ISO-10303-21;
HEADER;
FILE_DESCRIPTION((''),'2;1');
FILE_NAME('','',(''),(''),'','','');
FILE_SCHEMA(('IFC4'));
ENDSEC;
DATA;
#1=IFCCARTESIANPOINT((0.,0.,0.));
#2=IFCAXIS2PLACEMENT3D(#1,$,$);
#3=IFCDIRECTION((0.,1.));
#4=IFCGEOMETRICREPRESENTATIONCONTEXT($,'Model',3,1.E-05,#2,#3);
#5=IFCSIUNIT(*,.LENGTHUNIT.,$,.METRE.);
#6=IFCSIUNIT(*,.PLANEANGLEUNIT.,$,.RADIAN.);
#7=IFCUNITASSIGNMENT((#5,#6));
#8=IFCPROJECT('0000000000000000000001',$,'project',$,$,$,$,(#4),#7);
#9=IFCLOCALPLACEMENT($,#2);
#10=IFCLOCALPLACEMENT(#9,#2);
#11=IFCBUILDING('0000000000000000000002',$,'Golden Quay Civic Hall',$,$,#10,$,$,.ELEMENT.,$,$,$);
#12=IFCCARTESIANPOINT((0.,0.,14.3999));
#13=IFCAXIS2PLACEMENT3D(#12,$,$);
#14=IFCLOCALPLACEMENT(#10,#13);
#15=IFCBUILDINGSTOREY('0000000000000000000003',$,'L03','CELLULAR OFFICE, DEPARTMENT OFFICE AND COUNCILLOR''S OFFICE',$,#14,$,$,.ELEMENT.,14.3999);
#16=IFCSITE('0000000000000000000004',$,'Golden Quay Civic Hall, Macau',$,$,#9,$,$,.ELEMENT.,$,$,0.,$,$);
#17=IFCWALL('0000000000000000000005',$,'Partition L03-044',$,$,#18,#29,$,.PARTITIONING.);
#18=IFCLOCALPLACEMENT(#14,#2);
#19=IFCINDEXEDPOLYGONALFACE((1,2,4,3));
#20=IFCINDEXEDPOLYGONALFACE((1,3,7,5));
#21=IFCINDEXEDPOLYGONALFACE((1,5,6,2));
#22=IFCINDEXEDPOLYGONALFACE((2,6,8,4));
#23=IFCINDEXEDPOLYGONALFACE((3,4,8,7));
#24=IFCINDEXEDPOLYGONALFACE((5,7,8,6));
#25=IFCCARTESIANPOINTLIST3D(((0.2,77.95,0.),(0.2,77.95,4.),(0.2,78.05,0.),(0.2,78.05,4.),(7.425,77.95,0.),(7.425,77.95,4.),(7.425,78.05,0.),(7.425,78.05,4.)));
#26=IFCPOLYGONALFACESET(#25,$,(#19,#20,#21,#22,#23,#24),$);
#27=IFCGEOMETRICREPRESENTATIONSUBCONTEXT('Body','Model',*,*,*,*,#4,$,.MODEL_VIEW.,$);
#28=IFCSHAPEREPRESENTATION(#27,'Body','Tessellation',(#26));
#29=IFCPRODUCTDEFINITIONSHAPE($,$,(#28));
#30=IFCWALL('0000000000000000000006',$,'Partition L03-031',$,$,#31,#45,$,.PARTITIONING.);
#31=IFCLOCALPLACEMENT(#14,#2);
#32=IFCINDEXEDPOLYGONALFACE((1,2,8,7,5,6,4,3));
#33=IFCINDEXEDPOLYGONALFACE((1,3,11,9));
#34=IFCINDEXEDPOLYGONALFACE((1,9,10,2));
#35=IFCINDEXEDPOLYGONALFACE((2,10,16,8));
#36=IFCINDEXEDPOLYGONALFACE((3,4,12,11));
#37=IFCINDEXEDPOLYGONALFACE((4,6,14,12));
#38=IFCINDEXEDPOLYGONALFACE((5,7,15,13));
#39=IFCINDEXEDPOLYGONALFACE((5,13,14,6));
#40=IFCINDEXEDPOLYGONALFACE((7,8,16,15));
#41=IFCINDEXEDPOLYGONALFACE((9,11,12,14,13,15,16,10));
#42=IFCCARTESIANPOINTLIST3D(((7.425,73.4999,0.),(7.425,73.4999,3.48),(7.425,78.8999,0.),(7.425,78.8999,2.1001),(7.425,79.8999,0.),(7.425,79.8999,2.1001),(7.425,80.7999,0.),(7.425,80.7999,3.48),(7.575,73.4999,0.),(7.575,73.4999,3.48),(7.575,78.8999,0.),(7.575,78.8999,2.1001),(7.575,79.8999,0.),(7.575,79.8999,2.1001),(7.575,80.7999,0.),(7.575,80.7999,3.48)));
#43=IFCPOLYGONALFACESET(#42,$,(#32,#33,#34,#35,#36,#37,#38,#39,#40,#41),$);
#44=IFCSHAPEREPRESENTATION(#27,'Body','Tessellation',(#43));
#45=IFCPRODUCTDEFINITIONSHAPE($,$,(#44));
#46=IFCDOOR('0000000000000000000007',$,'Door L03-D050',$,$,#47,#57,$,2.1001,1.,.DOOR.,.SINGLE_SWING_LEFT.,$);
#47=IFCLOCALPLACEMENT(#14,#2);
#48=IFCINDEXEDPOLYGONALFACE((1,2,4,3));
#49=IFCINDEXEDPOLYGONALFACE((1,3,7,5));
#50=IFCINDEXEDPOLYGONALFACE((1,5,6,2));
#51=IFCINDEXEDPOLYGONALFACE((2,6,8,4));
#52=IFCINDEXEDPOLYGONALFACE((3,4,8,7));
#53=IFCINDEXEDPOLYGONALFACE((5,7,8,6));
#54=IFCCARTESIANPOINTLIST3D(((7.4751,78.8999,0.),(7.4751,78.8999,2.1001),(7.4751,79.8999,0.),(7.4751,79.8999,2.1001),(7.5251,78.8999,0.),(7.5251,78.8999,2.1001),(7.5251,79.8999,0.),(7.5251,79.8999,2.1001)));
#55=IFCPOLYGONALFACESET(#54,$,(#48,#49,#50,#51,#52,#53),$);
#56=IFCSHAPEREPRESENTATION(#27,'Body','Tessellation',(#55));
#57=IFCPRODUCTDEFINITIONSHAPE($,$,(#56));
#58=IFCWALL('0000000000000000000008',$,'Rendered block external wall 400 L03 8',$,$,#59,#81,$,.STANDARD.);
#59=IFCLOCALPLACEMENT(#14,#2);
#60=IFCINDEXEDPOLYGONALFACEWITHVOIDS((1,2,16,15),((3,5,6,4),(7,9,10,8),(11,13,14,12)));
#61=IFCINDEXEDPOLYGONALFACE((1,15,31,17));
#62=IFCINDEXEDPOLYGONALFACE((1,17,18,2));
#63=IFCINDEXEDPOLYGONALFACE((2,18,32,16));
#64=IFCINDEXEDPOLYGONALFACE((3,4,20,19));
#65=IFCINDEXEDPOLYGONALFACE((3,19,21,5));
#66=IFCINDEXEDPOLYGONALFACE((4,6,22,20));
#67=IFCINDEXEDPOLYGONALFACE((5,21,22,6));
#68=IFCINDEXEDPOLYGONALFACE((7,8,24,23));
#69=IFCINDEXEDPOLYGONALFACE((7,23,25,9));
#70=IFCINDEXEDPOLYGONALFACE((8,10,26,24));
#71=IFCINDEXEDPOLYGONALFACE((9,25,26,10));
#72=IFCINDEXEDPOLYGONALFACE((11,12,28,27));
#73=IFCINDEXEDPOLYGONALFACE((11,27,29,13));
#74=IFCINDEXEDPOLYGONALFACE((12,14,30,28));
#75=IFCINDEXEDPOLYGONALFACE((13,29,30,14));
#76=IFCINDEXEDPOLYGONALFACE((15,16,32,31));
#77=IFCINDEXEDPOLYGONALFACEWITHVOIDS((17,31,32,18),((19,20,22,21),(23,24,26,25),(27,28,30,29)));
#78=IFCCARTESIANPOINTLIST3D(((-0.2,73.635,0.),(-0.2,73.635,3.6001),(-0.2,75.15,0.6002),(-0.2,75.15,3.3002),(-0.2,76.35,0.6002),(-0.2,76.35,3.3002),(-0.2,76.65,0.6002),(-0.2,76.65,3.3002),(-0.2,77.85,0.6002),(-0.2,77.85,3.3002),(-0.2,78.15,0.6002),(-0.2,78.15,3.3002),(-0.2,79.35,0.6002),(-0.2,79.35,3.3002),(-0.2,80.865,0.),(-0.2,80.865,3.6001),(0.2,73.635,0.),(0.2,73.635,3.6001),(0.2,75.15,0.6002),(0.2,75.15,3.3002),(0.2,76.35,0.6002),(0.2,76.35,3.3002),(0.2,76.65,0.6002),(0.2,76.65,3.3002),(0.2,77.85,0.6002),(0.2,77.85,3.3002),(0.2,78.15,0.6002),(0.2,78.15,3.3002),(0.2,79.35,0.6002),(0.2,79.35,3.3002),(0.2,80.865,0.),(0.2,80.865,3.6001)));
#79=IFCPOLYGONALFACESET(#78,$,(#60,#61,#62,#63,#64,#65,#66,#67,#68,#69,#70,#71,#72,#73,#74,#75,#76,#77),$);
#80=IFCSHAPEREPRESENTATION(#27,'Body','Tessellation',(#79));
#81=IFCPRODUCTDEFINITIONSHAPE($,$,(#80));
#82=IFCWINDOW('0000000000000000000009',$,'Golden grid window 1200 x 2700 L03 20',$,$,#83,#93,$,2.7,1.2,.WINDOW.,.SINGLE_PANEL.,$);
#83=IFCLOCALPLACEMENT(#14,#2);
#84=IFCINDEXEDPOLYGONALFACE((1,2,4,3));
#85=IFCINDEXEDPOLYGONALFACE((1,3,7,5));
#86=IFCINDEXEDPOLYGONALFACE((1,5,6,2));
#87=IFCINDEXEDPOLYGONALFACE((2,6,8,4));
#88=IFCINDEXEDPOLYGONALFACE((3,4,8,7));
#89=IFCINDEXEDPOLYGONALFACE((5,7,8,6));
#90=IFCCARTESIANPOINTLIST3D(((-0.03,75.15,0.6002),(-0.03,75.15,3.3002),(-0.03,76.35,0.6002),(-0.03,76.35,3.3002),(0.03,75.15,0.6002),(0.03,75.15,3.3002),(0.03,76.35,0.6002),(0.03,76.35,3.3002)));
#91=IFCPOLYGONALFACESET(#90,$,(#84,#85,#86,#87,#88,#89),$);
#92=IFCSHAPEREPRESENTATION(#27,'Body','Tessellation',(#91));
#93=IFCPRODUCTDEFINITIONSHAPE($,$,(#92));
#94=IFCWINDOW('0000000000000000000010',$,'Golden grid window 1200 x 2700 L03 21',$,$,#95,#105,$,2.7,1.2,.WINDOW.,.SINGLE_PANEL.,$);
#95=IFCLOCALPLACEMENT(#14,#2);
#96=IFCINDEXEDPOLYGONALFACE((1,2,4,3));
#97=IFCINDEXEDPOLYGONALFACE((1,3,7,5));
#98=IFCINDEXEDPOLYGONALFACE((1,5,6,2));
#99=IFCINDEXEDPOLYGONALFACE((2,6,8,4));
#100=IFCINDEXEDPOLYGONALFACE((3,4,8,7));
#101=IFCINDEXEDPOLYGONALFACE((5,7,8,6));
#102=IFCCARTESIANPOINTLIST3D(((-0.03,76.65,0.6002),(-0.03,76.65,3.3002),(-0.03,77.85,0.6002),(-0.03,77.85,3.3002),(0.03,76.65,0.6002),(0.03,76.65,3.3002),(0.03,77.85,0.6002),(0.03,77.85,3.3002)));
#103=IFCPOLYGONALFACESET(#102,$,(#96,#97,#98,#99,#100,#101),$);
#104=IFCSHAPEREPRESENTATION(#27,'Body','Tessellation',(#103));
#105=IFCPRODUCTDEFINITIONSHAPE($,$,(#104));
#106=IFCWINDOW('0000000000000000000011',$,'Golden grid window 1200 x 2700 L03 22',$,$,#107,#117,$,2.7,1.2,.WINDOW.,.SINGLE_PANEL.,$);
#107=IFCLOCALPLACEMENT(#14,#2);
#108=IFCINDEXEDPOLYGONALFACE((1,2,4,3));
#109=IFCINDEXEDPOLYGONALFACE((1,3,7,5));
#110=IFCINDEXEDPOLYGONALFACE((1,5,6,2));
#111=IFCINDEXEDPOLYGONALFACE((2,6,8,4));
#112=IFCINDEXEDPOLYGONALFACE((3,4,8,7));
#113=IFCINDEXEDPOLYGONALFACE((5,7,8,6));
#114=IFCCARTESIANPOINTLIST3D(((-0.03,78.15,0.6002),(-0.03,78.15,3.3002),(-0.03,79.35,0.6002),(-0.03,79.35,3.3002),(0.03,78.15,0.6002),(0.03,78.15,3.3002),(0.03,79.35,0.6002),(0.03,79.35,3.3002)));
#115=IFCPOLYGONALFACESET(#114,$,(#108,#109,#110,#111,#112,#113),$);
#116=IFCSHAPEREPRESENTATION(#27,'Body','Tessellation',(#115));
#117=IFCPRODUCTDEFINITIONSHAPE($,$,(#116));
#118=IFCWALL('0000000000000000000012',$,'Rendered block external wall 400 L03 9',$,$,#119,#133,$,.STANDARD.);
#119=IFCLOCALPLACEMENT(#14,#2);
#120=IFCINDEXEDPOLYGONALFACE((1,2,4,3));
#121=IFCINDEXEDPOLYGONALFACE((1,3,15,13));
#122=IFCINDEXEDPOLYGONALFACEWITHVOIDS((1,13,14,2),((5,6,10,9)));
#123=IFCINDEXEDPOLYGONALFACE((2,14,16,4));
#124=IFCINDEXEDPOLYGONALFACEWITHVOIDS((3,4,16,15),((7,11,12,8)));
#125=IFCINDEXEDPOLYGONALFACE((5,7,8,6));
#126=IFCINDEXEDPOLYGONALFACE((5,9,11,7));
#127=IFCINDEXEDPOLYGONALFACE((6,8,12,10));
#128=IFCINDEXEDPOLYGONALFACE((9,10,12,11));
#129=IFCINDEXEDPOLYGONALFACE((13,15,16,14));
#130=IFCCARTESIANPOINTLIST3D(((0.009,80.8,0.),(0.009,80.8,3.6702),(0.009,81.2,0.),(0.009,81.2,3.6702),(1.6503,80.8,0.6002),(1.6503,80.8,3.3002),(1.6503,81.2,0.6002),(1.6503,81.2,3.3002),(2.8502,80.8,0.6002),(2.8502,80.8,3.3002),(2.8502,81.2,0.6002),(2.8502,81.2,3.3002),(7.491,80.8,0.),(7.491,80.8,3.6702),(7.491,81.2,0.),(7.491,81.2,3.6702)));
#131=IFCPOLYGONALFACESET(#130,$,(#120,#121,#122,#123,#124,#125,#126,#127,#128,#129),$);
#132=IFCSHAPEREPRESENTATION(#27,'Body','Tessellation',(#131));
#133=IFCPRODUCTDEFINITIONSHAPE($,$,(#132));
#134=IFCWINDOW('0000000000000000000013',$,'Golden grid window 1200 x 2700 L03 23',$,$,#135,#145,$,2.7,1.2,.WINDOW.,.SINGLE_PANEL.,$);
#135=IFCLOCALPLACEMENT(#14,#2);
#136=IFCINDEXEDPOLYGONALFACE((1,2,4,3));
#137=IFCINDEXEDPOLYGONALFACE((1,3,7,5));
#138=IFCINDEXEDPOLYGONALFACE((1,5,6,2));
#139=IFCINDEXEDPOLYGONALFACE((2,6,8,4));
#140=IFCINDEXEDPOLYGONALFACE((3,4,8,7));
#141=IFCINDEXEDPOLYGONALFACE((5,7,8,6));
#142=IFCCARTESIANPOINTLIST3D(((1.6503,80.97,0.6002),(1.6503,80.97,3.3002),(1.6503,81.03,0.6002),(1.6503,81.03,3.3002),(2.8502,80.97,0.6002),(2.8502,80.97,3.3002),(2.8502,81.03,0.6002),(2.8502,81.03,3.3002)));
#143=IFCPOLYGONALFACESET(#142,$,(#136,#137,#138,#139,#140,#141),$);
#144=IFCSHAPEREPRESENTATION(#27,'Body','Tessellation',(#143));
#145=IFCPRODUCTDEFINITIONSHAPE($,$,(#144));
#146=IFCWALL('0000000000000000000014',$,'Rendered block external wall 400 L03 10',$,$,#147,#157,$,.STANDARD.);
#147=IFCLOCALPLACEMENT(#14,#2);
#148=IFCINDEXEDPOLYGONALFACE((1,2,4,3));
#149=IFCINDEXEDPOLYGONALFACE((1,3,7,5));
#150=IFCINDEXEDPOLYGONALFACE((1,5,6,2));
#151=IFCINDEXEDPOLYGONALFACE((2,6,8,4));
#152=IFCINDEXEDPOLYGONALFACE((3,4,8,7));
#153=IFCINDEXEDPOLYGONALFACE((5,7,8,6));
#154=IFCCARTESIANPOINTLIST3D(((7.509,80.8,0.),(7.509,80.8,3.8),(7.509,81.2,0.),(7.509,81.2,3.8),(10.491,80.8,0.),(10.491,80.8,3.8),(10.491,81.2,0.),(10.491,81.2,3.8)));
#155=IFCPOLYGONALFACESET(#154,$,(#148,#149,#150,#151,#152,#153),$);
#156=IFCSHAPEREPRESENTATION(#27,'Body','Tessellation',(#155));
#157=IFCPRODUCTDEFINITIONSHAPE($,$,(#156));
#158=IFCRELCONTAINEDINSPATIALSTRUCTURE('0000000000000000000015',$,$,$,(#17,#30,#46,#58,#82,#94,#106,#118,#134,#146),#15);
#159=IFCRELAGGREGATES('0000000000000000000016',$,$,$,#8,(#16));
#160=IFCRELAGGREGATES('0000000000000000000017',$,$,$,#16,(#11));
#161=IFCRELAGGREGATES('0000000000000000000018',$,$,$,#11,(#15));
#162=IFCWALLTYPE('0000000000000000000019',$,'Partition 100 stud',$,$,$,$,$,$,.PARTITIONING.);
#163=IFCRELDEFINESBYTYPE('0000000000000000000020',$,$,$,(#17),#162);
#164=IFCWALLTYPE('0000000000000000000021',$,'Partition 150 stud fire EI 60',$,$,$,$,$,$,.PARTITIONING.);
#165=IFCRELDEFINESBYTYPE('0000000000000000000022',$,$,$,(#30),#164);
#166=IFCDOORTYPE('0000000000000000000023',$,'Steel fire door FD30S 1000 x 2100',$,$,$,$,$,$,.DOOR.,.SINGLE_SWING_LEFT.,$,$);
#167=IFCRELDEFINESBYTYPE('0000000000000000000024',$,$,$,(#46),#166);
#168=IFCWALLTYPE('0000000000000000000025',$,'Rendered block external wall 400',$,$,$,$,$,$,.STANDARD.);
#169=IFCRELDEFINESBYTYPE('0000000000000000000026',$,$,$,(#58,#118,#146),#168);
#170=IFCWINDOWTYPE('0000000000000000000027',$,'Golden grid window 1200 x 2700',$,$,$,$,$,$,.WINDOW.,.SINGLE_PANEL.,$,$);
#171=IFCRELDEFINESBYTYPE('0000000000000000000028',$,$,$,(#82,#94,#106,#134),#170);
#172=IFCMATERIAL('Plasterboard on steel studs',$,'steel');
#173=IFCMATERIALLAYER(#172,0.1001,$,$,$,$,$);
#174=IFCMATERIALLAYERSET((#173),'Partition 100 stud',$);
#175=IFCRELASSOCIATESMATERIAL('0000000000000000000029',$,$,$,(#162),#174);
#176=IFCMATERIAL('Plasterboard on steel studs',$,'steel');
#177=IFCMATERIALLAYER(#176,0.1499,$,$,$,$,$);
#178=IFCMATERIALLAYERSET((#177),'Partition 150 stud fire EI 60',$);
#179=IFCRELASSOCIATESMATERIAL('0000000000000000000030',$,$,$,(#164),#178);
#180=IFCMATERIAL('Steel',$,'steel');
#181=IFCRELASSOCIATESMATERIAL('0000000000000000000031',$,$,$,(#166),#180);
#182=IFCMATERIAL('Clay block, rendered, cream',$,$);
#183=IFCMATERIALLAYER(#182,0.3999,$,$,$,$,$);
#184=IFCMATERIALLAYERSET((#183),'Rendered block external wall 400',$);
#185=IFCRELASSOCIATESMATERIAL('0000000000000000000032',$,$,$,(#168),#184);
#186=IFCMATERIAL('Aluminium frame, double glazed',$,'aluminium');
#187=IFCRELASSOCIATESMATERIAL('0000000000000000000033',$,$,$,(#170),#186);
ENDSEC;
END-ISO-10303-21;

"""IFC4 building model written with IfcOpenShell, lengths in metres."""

from ifc_helpers import new_model, si_unit, direction, frame, frame_2d, origin, place, context, subcontext, project, spatial, rectangle, extrude, material, layer, layer_set, type_object, element, fill, save


model = new_model("IFC4")

# Units and contexts
model_context = context("Model", 3, precision=1e-05, world=origin(), true_north=direction((0.0, 1.0)))
body_context = subcontext(model_context, "Body", "Model", "MODEL_VIEW")
ifc_project = project(units=[si_unit("LENGTHUNIT", "METRE"), si_unit("PLANEANGLEUNIT", "RADIAN")], contexts=[model_context])

# Site, building, storey
site_placement = place(None, origin())
site = spatial("IfcSite", under=ifc_project, at=site_placement, Name="Golden Quay Civic Hall, Macau", CompositionType="ELEMENT", RefElevation=0.0)
building_placement = place(site_placement, origin())
building = spatial("IfcBuilding", under=site, at=building_placement, Name="Golden Quay Civic Hall", CompositionType="ELEMENT")
storey_placement = place(building_placement, frame((0.0, 0.0, 14.3999)))
storey = spatial("IfcBuildingStorey", under=building, at=storey_placement, Name="L03", Description="CELLULAR OFFICE, DEPARTMENT OFFICE AND COUNCILLOR'S OFFICE", CompositionType="ELEMENT", Elevation=14.3999)

# Wall
ifc_material_1 = material(Name="Plasterboard on steel studs", Category="steel")
ifc_layer_1 = layer(ifc_material_1, 0.1001)
ifc_layer_set_1 = layer_set([ifc_layer_1], Name="Partition 100 stud")
wall_type_1 = type_object("IfcWallType", Name="Partition 100 stud", PredefinedType="PARTITIONING", material=ifc_layer_set_1)
wall_1_placement = place(storey_placement, frame((0.2, 78.0, 0.0), z_axis=(0.0, 0.0, 1.0), x_axis=(1.0, 0.0, 0.0)))
element("IfcWall", 1, at=wall_1_placement, inside=storey, type_object=wall_type_1, Name="Partition L03-044", PredefinedType="PARTITIONING", context=body_context, shape_type="SweptSolid", body=[
    extrude(rectangle(XDim=7.2251, YDim=0.1001, at=frame_2d((3.6125, 0.0))), origin(), (0.0, 0.0, 1.0), 4.0),
])

# Wall, opening, door
ifc_material_2 = material(Name="Plasterboard on steel studs", Category="steel")
ifc_layer_2 = layer(ifc_material_2, 0.1499)
ifc_layer_set_2 = layer_set([ifc_layer_2], Name="Partition 150 stud fire EI 60")
wall_type_2 = type_object("IfcWallType", Name="Partition 150 stud fire EI 60", PredefinedType="PARTITIONING", material=ifc_layer_set_2)
wall_2_placement = place(storey_placement, frame((7.5, 73.5, 0.0), z_axis=(0.0, 0.0, 1.0), x_axis=(0.0, 1.0, 0.0)))
wall_2 = element("IfcWall", 2, at=wall_2_placement, inside=storey, type_object=wall_type_2, Name="Partition L03-031", PredefinedType="PARTITIONING", context=body_context, shape_type="SweptSolid", body=[
    extrude(rectangle(XDim=7.3, YDim=0.1499, at=frame_2d((3.6499, 0.0))), origin(), (0.0, 0.0, 1.0), 3.48),
])
opening_1_placement = place(wall_2_placement, frame((5.3999, 0.0, 0.0)))
opening_1 = element("IfcOpeningElement", 3, at=opening_1_placement, cuts=wall_2, PredefinedType="OPENING", context=body_context, shape_type="SweptSolid", body=[
    extrude(rectangle(XDim=1.0, YDim=2.1001, at=frame_2d((0.5, 1.05))), frame((0.0, 0.085, 0.0), z_axis=(0.0, -1.0, 0.0), x_axis=(1.0, 0.0, 0.0)), (0.0, 0.0, 1.0), 0.1699),
])
ifc_material_3 = material(Name="Steel", Category="steel")
door_type = type_object("IfcDoorType", Name="Steel fire door FD30S 1000 x 2100", OperationType="SINGLE_SWING_LEFT", PredefinedType="DOOR", material=ifc_material_3)
door_placement = place(opening_1_placement, origin())
door = element("IfcDoor", 4, at=door_placement, inside=storey, type_object=door_type, Name="Door L03-D050", OperationType="SINGLE_SWING_LEFT", OverallHeight=2.1001, OverallWidth=1.0, PredefinedType="DOOR", context=body_context, shape_type="SweptSolid", body=[
    extrude(rectangle(XDim=1.0, YDim=2.1001, at=frame_2d((0.5, 1.05))), frame((0.0, 0.0249, 0.0), z_axis=(0.0, -1.0, 0.0), x_axis=(1.0, 0.0, 0.0)), (0.0, 0.0, 1.0), 0.05),
])
fill(opening_1, door)

# Wall, openings, windows
ifc_material_4 = material(Name="Clay block, rendered, cream")
ifc_layer_3 = layer(ifc_material_4, 0.3999)
ifc_layer_set_3 = layer_set([ifc_layer_3], Name="Rendered block external wall 400")
wall_type_3 = type_object("IfcWallType", Name="Rendered block external wall 400", PredefinedType="STANDARD", material=ifc_layer_set_3)
wall_3_placement = place(storey_placement, frame((0.0, 73.635, 0.0), z_axis=(0.0, 0.0, 1.0), x_axis=(0.0, 1.0, 0.0)))
wall_3 = element("IfcWall", 5, at=wall_3_placement, inside=storey, type_object=wall_type_3, Name="Rendered block external wall 400 L03 8", PredefinedType="STANDARD", context=body_context, shape_type="SweptSolid", body=[
    extrude(rectangle(XDim=7.23, YDim=0.3999, at=frame_2d((3.615, 0.0))), origin(), (0.0, 0.0, 1.0), 3.6001),
])
opening_2_placement = place(wall_3_placement, frame((1.5149, 0.0, 0.6001)))
opening_2 = element("IfcOpeningElement", 6, at=opening_2_placement, cuts=wall_3, PredefinedType="OPENING", context=body_context, shape_type="SweptSolid", body=[
    extrude(rectangle(XDim=1.2, YDim=2.7, at=frame_2d((0.6001, 1.3501))), frame((0.0, 0.21, 0.0), z_axis=(0.0, -1.0, 0.0), x_axis=(1.0, 0.0, 0.0)), (0.0, 0.0, 1.0), 0.4199),
])
opening_3_placement = place(wall_3_placement, frame((3.0149, 0.0, 0.6001)))
opening_3 = element("IfcOpeningElement", 7, at=opening_3_placement, cuts=wall_3, PredefinedType="OPENING", context=body_context, shape_type="SweptSolid", body=[
    extrude(rectangle(XDim=1.2, YDim=2.7, at=frame_2d((0.6001, 1.3501))), frame((0.0, 0.21, 0.0), z_axis=(0.0, -1.0, 0.0), x_axis=(1.0, 0.0, 0.0)), (0.0, 0.0, 1.0), 0.4199),
])
opening_4_placement = place(wall_3_placement, frame((4.5149, 0.0, 0.6001)))
opening_4 = element("IfcOpeningElement", 8, at=opening_4_placement, cuts=wall_3, PredefinedType="OPENING", context=body_context, shape_type="SweptSolid", body=[
    extrude(rectangle(XDim=1.2, YDim=2.7, at=frame_2d((0.6001, 1.3501))), frame((0.0, 0.21, 0.0), z_axis=(0.0, -1.0, 0.0), x_axis=(1.0, 0.0, 0.0)), (0.0, 0.0, 1.0), 0.4199),
])
ifc_material_5 = material(Name="Aluminium frame, double glazed", Category="aluminium")
window_type = type_object("IfcWindowType", Name="Golden grid window 1200 x 2700", PartitioningType="SINGLE_PANEL", PredefinedType="WINDOW", material=ifc_material_5)
window_1_placement = place(opening_2_placement, origin())
window_1 = element("IfcWindow", 9, at=window_1_placement, inside=storey, type_object=window_type, Name="Golden grid window 1200 x 2700 L03 20", OverallHeight=2.7, OverallWidth=1.2, PartitioningType="SINGLE_PANEL", PredefinedType="WINDOW", context=body_context, shape_type="SweptSolid", body=[
    extrude(rectangle(XDim=1.2, YDim=2.7, at=frame_2d((0.6001, 1.3501))), frame((0.0, 0.03, 0.0), z_axis=(0.0, -1.0, 0.0), x_axis=(1.0, 0.0, 0.0)), (0.0, 0.0, 1.0), 0.0601),
])
fill(opening_2, window_1)
window_2_placement = place(opening_3_placement, origin())
window_2 = element("IfcWindow", 10, at=window_2_placement, inside=storey, type_object=window_type, Name="Golden grid window 1200 x 2700 L03 21", OverallHeight=2.7, OverallWidth=1.2, PartitioningType="SINGLE_PANEL", PredefinedType="WINDOW", context=body_context, shape_type="SweptSolid", body=[
    extrude(rectangle(XDim=1.2, YDim=2.7, at=frame_2d((0.6001, 1.3501))), frame((0.0, 0.03, 0.0), z_axis=(0.0, -1.0, 0.0), x_axis=(1.0, 0.0, 0.0)), (0.0, 0.0, 1.0), 0.0601),
])
fill(opening_3, window_2)
window_3_placement = place(opening_4_placement, origin())
window_3 = element("IfcWindow", 11, at=window_3_placement, inside=storey, type_object=window_type, Name="Golden grid window 1200 x 2700 L03 22", OverallHeight=2.7, OverallWidth=1.2, PartitioningType="SINGLE_PANEL", PredefinedType="WINDOW", context=body_context, shape_type="SweptSolid", body=[
    extrude(rectangle(XDim=1.2, YDim=2.7, at=frame_2d((0.6001, 1.3501))), frame((0.0, 0.03, 0.0), z_axis=(0.0, -1.0, 0.0), x_axis=(1.0, 0.0, 0.0)), (0.0, 0.0, 1.0), 0.0601),
])
fill(opening_4, window_3)

# Wall, opening, window
wall_4_placement = place(storey_placement, frame((0.009, 81.0, 0.0), z_axis=(0.0, 0.0, 1.0), x_axis=(1.0, 0.0, 0.0)))
wall_4 = element("IfcWall", 12, at=wall_4_placement, inside=storey, type_object=wall_type_3, Name="Rendered block external wall 400 L03 9", PredefinedType="STANDARD", context=body_context, shape_type="SweptSolid", body=[
    extrude(rectangle(XDim=7.4819, YDim=0.3999, at=frame_2d((3.741, 0.0))), origin(), (0.0, 0.0, 1.0), 3.6702),
])
opening_5_placement = place(wall_4_placement, frame((1.6411, 0.0, 0.6001)))
opening_5 = element("IfcOpeningElement", 13, at=opening_5_placement, cuts=wall_4, PredefinedType="OPENING", context=body_context, shape_type="SweptSolid", body=[
    extrude(rectangle(XDim=1.2, YDim=2.7, at=frame_2d((0.6001, 1.3501))), frame((0.0, 0.21, 0.0), z_axis=(0.0, -1.0, 0.0), x_axis=(1.0, 0.0, 0.0)), (0.0, 0.0, 1.0), 0.4199),
])
window_4_placement = place(opening_5_placement, origin())
window_4 = element("IfcWindow", 14, at=window_4_placement, inside=storey, type_object=window_type, Name="Golden grid window 1200 x 2700 L03 23", OverallHeight=2.7, OverallWidth=1.2, PartitioningType="SINGLE_PANEL", PredefinedType="WINDOW", context=body_context, shape_type="SweptSolid", body=[
    extrude(rectangle(XDim=1.2, YDim=2.7, at=frame_2d((0.6001, 1.3501))), frame((0.0, 0.03, 0.0), z_axis=(0.0, -1.0, 0.0), x_axis=(1.0, 0.0, 0.0)), (0.0, 0.0, 1.0), 0.0601),
])
fill(opening_5, window_4)

# Wall
wall_5_placement = place(storey_placement, frame((7.509, 81.0, 0.0), z_axis=(0.0, 0.0, 1.0), x_axis=(1.0, 0.0, 0.0)))
element("IfcWall", 15, at=wall_5_placement, inside=storey, type_object=wall_type_3, Name="Rendered block external wall 400 L03 10", PredefinedType="STANDARD", context=body_context, shape_type="SweptSolid", body=[
    extrude(rectangle(XDim=2.9819, YDim=0.3999, at=frame_2d((1.491, 0.0))), origin(), (0.0, 0.0, 1.0), 3.8),
])

save(model, "model.ifc")
